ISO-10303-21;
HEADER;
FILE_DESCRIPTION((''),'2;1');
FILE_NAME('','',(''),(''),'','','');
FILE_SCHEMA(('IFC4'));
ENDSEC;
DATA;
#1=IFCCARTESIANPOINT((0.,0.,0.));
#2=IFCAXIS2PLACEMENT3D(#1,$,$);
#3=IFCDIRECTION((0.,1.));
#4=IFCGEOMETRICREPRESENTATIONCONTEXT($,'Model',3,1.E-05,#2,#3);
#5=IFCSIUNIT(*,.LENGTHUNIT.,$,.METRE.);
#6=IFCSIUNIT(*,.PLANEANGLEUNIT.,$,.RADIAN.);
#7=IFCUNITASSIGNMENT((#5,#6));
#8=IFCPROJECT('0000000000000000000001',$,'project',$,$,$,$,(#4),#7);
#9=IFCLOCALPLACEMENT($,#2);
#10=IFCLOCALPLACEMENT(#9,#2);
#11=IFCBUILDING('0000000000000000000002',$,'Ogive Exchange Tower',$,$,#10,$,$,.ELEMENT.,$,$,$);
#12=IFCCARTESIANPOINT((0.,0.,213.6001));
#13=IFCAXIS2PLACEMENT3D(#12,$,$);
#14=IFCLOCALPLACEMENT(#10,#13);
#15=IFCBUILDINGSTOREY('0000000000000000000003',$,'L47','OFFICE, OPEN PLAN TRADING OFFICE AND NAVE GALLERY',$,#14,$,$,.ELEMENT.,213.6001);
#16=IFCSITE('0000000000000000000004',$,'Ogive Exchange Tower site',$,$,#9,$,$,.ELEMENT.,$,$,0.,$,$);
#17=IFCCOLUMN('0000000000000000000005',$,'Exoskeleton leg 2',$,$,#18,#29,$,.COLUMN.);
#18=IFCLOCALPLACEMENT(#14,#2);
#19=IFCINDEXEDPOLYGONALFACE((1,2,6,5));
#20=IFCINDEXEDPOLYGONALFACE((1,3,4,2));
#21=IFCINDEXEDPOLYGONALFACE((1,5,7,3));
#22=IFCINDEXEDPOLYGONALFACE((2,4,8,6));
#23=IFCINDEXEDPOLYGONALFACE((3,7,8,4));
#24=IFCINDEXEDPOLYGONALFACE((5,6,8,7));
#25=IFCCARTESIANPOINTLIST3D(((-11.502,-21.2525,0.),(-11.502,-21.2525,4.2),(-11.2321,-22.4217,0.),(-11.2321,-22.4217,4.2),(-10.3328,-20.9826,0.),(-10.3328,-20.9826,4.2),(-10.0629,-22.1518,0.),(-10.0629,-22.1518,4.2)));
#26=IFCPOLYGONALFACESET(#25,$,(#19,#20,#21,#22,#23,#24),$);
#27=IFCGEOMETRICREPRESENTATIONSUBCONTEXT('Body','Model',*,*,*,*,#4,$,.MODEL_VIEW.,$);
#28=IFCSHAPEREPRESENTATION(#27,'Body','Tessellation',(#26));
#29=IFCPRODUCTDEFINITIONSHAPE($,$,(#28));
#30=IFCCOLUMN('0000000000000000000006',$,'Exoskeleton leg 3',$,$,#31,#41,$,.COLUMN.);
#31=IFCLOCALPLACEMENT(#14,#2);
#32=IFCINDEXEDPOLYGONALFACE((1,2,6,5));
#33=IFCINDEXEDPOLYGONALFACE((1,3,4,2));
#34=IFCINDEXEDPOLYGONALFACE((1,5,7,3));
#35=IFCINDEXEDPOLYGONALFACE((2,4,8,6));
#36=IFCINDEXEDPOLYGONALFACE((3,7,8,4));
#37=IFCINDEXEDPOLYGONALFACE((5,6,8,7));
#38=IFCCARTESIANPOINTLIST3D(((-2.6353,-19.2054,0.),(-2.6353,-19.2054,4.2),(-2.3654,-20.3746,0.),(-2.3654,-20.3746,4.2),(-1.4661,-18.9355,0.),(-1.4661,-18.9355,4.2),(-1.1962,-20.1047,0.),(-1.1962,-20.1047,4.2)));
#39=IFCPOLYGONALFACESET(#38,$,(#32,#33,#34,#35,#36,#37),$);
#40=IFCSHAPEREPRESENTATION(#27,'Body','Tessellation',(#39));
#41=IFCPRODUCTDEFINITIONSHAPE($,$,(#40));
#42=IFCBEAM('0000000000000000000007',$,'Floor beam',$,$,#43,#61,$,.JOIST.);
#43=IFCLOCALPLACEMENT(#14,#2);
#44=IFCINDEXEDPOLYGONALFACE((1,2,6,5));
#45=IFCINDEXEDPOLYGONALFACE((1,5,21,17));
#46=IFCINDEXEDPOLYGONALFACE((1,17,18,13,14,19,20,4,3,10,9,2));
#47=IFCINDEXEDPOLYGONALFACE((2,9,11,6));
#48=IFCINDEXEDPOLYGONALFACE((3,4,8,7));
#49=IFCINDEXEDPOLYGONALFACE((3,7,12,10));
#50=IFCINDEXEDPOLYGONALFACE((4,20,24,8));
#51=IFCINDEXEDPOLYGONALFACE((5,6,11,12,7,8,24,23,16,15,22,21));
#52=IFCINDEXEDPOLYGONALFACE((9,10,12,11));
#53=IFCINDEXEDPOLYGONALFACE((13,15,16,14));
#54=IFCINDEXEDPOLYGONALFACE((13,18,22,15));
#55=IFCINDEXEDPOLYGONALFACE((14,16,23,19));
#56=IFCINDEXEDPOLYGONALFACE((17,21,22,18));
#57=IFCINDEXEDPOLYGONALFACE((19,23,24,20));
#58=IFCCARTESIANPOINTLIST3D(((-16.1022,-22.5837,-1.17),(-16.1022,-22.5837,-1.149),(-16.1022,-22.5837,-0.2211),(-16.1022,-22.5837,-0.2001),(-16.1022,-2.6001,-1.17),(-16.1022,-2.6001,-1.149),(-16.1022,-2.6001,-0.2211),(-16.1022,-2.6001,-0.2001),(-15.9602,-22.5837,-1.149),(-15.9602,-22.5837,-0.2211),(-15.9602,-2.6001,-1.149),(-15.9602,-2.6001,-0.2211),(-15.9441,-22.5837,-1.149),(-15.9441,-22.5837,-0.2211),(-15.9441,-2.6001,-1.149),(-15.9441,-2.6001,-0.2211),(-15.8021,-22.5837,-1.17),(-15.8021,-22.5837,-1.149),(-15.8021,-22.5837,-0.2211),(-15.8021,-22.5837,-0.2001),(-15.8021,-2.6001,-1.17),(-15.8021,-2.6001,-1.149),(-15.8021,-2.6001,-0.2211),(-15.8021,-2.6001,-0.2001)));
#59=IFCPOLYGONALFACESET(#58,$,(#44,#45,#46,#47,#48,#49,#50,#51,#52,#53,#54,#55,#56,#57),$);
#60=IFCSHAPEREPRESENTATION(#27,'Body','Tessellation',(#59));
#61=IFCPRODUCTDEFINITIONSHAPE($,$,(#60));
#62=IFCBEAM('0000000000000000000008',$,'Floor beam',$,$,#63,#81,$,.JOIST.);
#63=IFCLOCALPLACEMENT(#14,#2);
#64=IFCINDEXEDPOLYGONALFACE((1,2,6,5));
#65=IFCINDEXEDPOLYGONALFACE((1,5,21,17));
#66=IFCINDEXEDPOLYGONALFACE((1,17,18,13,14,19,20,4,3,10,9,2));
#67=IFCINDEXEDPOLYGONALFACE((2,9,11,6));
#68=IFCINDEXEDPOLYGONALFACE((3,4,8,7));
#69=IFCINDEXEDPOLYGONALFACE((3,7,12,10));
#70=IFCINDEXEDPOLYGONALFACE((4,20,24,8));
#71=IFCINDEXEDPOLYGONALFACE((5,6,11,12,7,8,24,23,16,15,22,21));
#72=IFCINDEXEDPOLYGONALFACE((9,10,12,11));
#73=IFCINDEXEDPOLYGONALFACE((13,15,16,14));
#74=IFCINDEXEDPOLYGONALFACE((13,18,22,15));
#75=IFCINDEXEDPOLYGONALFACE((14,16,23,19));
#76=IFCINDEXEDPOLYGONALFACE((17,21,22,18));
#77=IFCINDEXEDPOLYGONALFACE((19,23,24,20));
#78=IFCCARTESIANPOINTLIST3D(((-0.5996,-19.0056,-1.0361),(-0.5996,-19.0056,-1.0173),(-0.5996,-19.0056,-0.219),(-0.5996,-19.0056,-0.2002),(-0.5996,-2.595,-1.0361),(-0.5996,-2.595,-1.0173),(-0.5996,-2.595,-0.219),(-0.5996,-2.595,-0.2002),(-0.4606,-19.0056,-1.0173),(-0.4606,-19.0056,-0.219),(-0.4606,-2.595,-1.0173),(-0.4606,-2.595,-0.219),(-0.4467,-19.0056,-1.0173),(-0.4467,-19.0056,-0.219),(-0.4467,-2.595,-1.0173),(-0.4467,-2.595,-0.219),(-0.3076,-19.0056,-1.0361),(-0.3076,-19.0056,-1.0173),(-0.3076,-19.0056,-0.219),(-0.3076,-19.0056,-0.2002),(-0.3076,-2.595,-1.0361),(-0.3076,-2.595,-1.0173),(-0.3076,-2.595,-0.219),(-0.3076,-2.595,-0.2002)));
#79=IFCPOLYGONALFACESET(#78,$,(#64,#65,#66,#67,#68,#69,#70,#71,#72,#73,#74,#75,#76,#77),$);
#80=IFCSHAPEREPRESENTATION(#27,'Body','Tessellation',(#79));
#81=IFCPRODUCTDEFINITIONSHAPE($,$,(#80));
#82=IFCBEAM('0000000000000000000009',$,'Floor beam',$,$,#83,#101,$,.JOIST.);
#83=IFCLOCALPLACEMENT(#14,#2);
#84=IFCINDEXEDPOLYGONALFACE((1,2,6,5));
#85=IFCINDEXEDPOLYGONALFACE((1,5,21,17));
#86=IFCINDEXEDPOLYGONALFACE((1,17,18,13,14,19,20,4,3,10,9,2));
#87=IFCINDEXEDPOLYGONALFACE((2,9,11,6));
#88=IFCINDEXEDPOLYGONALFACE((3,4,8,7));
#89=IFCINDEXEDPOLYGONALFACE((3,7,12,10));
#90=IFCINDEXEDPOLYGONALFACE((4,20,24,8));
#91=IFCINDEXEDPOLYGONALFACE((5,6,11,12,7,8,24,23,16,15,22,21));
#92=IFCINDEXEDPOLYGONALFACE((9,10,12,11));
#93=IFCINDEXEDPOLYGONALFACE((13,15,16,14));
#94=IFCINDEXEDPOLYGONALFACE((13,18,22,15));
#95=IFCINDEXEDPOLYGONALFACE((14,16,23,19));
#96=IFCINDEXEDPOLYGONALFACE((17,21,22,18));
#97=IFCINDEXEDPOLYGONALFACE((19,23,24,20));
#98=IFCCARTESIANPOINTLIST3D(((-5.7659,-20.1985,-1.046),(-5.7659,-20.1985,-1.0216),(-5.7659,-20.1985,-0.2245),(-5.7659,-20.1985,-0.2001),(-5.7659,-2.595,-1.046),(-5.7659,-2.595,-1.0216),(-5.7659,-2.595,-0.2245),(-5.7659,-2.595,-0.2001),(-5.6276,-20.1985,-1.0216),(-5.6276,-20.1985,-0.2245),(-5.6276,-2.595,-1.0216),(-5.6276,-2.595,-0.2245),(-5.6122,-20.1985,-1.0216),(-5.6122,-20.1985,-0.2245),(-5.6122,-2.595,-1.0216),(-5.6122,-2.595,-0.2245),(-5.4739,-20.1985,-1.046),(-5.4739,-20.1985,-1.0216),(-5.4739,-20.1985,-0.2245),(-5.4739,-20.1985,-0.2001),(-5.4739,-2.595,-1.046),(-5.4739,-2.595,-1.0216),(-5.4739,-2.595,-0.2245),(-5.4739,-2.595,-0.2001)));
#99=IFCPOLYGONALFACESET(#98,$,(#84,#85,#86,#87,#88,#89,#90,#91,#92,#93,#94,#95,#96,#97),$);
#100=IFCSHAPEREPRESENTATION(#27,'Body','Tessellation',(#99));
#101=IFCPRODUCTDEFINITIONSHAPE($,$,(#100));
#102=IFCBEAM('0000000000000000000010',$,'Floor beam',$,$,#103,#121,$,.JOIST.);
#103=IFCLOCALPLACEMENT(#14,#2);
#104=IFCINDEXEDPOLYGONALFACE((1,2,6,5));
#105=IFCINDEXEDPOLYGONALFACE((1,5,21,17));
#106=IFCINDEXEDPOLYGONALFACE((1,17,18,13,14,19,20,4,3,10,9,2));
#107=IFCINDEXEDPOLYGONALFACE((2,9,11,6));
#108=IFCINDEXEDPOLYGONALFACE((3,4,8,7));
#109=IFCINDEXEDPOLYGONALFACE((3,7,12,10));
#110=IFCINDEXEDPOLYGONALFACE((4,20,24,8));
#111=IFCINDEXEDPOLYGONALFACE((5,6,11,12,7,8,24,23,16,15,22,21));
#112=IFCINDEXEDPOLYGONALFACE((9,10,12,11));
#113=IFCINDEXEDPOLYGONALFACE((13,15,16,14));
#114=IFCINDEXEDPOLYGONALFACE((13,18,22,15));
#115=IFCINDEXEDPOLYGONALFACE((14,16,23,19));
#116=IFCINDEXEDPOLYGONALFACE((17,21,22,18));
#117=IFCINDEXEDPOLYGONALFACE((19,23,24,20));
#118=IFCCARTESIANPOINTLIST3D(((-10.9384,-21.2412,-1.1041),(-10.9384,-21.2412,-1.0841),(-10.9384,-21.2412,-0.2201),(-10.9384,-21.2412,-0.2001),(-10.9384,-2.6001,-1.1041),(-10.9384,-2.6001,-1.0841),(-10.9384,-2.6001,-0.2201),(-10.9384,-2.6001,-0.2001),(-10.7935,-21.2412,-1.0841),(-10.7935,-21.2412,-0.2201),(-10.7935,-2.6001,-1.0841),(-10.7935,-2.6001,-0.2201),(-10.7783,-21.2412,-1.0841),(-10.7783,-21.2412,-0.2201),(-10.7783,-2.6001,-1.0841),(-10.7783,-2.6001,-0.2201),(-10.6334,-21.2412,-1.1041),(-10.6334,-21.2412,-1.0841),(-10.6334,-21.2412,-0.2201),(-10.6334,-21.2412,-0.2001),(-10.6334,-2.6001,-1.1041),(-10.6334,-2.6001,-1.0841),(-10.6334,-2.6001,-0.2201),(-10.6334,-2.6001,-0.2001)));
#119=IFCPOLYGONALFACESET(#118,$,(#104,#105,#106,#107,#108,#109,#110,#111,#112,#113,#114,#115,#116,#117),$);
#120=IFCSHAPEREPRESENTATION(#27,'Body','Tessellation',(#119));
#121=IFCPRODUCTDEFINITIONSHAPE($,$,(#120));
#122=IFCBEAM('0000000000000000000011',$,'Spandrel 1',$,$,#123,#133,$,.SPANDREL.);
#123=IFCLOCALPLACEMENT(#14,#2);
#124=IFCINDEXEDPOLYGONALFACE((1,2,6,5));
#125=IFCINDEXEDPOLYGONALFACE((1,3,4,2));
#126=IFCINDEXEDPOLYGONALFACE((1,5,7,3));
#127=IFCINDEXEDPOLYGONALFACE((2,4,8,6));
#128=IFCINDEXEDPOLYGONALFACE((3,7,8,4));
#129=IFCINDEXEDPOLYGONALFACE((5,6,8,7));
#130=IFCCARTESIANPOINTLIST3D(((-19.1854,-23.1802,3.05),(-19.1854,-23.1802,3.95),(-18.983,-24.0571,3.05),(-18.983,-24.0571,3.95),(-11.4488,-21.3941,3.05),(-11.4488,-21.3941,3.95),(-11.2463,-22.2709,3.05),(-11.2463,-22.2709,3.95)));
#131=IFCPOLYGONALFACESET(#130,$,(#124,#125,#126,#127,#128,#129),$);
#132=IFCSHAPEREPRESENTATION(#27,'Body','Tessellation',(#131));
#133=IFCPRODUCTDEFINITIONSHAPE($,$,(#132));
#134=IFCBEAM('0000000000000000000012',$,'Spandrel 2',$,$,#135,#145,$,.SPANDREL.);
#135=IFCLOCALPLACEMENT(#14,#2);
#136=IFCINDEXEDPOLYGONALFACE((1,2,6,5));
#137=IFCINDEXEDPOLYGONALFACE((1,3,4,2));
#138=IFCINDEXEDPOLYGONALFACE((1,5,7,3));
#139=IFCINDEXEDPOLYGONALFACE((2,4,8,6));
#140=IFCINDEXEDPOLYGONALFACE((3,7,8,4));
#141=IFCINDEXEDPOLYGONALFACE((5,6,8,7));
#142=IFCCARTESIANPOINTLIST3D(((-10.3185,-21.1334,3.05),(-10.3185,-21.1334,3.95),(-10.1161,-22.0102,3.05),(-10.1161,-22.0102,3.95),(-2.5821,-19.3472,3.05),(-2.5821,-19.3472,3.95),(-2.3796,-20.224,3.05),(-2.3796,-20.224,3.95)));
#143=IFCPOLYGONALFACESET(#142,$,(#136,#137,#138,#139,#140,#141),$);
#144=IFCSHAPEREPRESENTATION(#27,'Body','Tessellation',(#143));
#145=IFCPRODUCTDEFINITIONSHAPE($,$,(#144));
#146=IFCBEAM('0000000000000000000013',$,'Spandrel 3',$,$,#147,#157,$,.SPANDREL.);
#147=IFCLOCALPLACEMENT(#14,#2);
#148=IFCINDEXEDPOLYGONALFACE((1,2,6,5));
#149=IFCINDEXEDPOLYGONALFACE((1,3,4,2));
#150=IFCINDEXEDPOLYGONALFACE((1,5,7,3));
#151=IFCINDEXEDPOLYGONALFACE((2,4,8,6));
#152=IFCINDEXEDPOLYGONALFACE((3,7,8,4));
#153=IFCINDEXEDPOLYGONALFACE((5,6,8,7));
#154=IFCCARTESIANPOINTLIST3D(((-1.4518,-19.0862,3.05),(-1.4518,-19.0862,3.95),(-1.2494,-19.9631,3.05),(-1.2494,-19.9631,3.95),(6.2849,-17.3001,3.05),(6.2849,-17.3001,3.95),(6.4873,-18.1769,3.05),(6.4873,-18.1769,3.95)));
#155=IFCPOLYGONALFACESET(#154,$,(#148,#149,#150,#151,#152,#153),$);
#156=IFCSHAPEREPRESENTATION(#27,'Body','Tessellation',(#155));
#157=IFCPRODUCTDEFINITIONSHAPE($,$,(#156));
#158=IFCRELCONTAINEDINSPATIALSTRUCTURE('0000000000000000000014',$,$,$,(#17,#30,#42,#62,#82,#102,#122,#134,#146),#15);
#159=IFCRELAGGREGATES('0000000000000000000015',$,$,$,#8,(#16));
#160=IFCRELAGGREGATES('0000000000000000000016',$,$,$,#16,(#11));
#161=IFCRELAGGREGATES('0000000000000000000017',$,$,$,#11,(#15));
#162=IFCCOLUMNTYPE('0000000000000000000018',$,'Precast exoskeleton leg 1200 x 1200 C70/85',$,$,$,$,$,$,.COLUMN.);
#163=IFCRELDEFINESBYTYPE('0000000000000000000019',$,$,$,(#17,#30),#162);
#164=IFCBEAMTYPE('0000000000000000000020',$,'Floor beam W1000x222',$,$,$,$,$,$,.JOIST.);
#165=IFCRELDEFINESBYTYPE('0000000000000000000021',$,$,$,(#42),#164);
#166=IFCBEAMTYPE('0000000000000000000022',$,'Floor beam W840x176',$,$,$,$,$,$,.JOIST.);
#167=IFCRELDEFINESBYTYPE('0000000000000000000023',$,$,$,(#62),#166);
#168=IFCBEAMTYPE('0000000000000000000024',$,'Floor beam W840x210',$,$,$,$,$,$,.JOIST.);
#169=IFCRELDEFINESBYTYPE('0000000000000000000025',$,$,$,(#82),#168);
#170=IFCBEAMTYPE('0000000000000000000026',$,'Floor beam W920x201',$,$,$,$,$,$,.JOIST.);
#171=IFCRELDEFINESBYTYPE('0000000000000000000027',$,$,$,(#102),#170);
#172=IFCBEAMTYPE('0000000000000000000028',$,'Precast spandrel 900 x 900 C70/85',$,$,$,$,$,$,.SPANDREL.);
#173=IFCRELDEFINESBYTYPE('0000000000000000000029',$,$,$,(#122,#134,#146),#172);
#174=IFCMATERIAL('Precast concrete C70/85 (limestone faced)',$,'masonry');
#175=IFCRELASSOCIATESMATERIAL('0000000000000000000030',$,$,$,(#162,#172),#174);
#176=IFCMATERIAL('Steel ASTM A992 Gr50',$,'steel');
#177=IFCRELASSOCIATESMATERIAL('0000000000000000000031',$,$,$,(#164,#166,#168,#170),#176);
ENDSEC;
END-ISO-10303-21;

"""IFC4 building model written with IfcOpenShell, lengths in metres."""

from ifc_helpers import new_model, si_unit, direction, frame, origin, origin_2d, place, context, subcontext, project, spatial, rectangle, i_section, extrude, material, material_profile, profile_set, type_object, element, save


model = new_model("IFC4")

# Units and contexts
model_context = context("Model", 3, precision=1e-05, world=origin(), true_north=direction((0.0, 1.0)))
body_context = subcontext(model_context, "Body", "Model", "MODEL_VIEW")
ifc_project = project(units=[si_unit("LENGTHUNIT", "METRE"), si_unit("PLANEANGLEUNIT", "RADIAN")], contexts=[model_context])

# Site, building, storey
site_placement = place(None, origin())
site = spatial("IfcSite", under=ifc_project, at=site_placement, Name="Ogive Exchange Tower site", CompositionType="ELEMENT", RefElevation=0.0)
building_placement = place(site_placement, origin())
building = spatial("IfcBuilding", under=site, at=building_placement, Name="Ogive Exchange Tower", CompositionType="ELEMENT")
storey_placement = place(building_placement, frame((0.0, 0.0, 213.6001)))
storey = spatial("IfcBuildingStorey", under=building, at=storey_placement, Name="L47", Description="OFFICE, OPEN PLAN TRADING OFFICE AND NAVE GALLERY", CompositionType="ELEMENT", Elevation=213.6001)

# Columns
ifc_material_1 = material(Name="Precast concrete C70/85 (limestone faced)", Category="masonry")
ifc_material_profile_1 = material_profile(ifc_material_1, rectangle(XDim=1.2, YDim=1.2, at=origin_2d()), Name="1200 x 1200")
ifc_profile_set_1 = profile_set([ifc_material_profile_1], Name="Precast concrete C70/85 (limestone faced)")
column_type = type_object("IfcColumnType", Name="Precast exoskeleton leg 1200 x 1200 C70/85", PredefinedType="COLUMN", material=ifc_profile_set_1)
for number, where, z_axis, x_axis, name in (
    (1, (-10.7825, -21.7021, 0.0), (0.0, 0.0, 1.0), (0.97437, 0.224951, 0.0), "Exoskeleton leg 2"),
    (2, (-1.9158, -19.655, 0.0), (0.0, 0.0, 1.0), (0.97437, 0.224951, 0.0), "Exoskeleton leg 3"),
):
    element("IfcColumn", number, at=place(storey_placement, frame(where, z_axis=z_axis, x_axis=x_axis)), inside=storey, type_object=column_type, Name=name, PredefinedType="COLUMN", context=body_context, shape_type="SweptSolid", body=[
        extrude(rectangle(XDim=1.2, YDim=1.2, at=origin_2d()), origin(), (0.0, 0.0, 1.0), 4.2),
    ])

# Beams
ifc_material_2 = material(Name="Steel ASTM A992 Gr50", Category="steel")
ifc_material_profile_2 = material_profile(ifc_material_2, i_section(OverallWidth=0.3, OverallDepth=0.97, WebThickness=0.0161, FlangeThickness=0.021, at=origin_2d()), Name="W1000x222")
ifc_profile_set_2 = profile_set([ifc_material_profile_2], Name="Steel ASTM A992 Gr50")
beam_type_1 = type_object("IfcBeamType", Name="Floor beam W1000x222", PredefinedType="JOIST", material=ifc_profile_set_2)
beam_1_placement = place(storey_placement, frame((-15.9521, -22.5837, -0.6851), z_axis=(0.0, 1.0, 0.0), x_axis=(-1.0, 0.0, 0.0)))
element("IfcBeam", 3, at=beam_1_placement, inside=storey, type_object=beam_type_1, Name="Floor beam", PredefinedType="JOIST", context=body_context, shape_type="SweptSolid", body=[
    extrude(i_section(OverallWidth=0.3, OverallDepth=0.97, WebThickness=0.0161, FlangeThickness=0.021, at=origin_2d()), origin(), (0.0, 0.0, 1.0), 19.9836),
])
ifc_material_profile_3 = material_profile(ifc_material_2, i_section(OverallWidth=0.292, OverallDepth=0.8359, WebThickness=0.0139, FlangeThickness=0.0188, at=origin_2d()), Name="W840x176")
ifc_profile_set_3 = profile_set([ifc_material_profile_3], Name="Steel ASTM A992 Gr50")
beam_type_2 = type_object("IfcBeamType", Name="Floor beam W840x176", PredefinedType="JOIST", material=ifc_profile_set_3)
beam_2_placement = place(storey_placement, frame((-0.4536, -19.0056, -0.6182), z_axis=(0.0, 1.0, 0.0), x_axis=(-1.0, 0.0, 0.0)))
element("IfcBeam", 4, at=beam_2_placement, inside=storey, type_object=beam_type_2, Name="Floor beam", PredefinedType="JOIST", context=body_context, shape_type="SweptSolid", body=[
    extrude(i_section(OverallWidth=0.292, OverallDepth=0.8359, WebThickness=0.0139, FlangeThickness=0.0188, at=origin_2d()), origin(), (0.0, 0.0, 1.0), 16.4106),
])
ifc_material_profile_4 = material_profile(ifc_material_2, i_section(OverallWidth=0.292, OverallDepth=0.8459, WebThickness=0.0154, FlangeThickness=0.0244, at=origin_2d()), Name="W840x210")
ifc_profile_set_4 = profile_set([ifc_material_profile_4], Name="Steel ASTM A992 Gr50")
beam_type_3 = type_object("IfcBeamType", Name="Floor beam W840x210", PredefinedType="JOIST", material=ifc_profile_set_4)
beam_3_placement = place(storey_placement, frame((-5.6199, -20.1985, -0.623), z_axis=(0.0, 1.0, 0.0), x_axis=(-1.0, 0.0, 0.0)))
element("IfcBeam", 5, at=beam_3_placement, inside=storey, type_object=beam_type_3, Name="Floor beam", PredefinedType="JOIST", context=body_context, shape_type="SweptSolid", body=[
    extrude(i_section(OverallWidth=0.292, OverallDepth=0.8459, WebThickness=0.0154, FlangeThickness=0.0244, at=origin_2d()), origin(), (0.0, 0.0, 1.0), 17.6035),
])
ifc_material_profile_5 = material_profile(ifc_material_2, i_section(OverallWidth=0.3049, OverallDepth=0.9041, WebThickness=0.0151, FlangeThickness=0.02, at=origin_2d()), Name="W920x201")
ifc_profile_set_5 = profile_set([ifc_material_profile_5], Name="Steel ASTM A992 Gr50")
beam_type_4 = type_object("IfcBeamType", Name="Floor beam W920x201", PredefinedType="JOIST", material=ifc_profile_set_5)
beam_4_placement = place(storey_placement, frame((-10.7859, -21.2412, -0.6521), z_axis=(0.0, 1.0, 0.0), x_axis=(-1.0, 0.0, 0.0)))
element("IfcBeam", 6, at=beam_4_placement, inside=storey, type_object=beam_type_4, Name="Floor beam", PredefinedType="JOIST", context=body_context, shape_type="SweptSolid", body=[
    extrude(i_section(OverallWidth=0.3049, OverallDepth=0.9041, WebThickness=0.0151, FlangeThickness=0.02, at=origin_2d()), origin(), (0.0, 0.0, 1.0), 18.6411),
])
ifc_material_profile_6 = material_profile(ifc_material_1, rectangle(XDim=0.8999, YDim=0.8999, at=origin_2d()), Name="900 x 900")
ifc_profile_set_6 = profile_set([ifc_material_profile_6], Name="Precast concrete C70/85 (limestone faced)")
beam_type_5 = type_object("IfcBeamType", Name="Precast spandrel 900 x 900 C70/85", PredefinedType="SPANDREL", material=ifc_profile_set_6)
beam_5_placement = place(storey_placement, frame((-19.0842, -23.6187, 3.5), z_axis=(0.97437, 0.224952, 0.0), x_axis=(-0.224952, 0.97437, 0.0)))
element("IfcBeam", 7, at=beam_5_placement, inside=storey, type_object=beam_type_5, Name="Spandrel 1", PredefinedType="SPANDREL", context=body_context, shape_type="SweptSolid", body=[
    extrude(rectangle(XDim=0.8999, YDim=0.8999, at=origin_2d()), origin(), (0.0, 0.0, 1.0), 7.9402),
])
beam_6_placement = place(storey_placement, frame((-10.2173, -21.5718, 3.5), z_axis=(0.974368, 0.224958, 0.0), x_axis=(-0.224958, 0.974368, 0.0)))
element("IfcBeam", 8, at=beam_6_placement, inside=storey, type_object=beam_type_5, Name="Spandrel 2", PredefinedType="SPANDREL", context=body_context, shape_type="SweptSolid", body=[
    extrude(rectangle(XDim=0.8999, YDim=0.8999, at=origin_2d()), origin(), (0.0, 0.0, 1.0), 7.9399),
])
beam_7_placement = place(storey_placement, frame((-1.3506, -19.5247, 3.5), z_axis=(0.97437, 0.224952, 0.0), x_axis=(-0.224952, 0.97437, 0.0)))
element("IfcBeam", 9, at=beam_7_placement, inside=storey, type_object=beam_type_5, Name="Spandrel 3", PredefinedType="SPANDREL", context=body_context, shape_type="SweptSolid", body=[
    extrude(rectangle(XDim=0.8999, YDim=0.8999, at=origin_2d()), origin(), (0.0, 0.0, 1.0), 7.9402),
])

save(model, "model.ifc")
